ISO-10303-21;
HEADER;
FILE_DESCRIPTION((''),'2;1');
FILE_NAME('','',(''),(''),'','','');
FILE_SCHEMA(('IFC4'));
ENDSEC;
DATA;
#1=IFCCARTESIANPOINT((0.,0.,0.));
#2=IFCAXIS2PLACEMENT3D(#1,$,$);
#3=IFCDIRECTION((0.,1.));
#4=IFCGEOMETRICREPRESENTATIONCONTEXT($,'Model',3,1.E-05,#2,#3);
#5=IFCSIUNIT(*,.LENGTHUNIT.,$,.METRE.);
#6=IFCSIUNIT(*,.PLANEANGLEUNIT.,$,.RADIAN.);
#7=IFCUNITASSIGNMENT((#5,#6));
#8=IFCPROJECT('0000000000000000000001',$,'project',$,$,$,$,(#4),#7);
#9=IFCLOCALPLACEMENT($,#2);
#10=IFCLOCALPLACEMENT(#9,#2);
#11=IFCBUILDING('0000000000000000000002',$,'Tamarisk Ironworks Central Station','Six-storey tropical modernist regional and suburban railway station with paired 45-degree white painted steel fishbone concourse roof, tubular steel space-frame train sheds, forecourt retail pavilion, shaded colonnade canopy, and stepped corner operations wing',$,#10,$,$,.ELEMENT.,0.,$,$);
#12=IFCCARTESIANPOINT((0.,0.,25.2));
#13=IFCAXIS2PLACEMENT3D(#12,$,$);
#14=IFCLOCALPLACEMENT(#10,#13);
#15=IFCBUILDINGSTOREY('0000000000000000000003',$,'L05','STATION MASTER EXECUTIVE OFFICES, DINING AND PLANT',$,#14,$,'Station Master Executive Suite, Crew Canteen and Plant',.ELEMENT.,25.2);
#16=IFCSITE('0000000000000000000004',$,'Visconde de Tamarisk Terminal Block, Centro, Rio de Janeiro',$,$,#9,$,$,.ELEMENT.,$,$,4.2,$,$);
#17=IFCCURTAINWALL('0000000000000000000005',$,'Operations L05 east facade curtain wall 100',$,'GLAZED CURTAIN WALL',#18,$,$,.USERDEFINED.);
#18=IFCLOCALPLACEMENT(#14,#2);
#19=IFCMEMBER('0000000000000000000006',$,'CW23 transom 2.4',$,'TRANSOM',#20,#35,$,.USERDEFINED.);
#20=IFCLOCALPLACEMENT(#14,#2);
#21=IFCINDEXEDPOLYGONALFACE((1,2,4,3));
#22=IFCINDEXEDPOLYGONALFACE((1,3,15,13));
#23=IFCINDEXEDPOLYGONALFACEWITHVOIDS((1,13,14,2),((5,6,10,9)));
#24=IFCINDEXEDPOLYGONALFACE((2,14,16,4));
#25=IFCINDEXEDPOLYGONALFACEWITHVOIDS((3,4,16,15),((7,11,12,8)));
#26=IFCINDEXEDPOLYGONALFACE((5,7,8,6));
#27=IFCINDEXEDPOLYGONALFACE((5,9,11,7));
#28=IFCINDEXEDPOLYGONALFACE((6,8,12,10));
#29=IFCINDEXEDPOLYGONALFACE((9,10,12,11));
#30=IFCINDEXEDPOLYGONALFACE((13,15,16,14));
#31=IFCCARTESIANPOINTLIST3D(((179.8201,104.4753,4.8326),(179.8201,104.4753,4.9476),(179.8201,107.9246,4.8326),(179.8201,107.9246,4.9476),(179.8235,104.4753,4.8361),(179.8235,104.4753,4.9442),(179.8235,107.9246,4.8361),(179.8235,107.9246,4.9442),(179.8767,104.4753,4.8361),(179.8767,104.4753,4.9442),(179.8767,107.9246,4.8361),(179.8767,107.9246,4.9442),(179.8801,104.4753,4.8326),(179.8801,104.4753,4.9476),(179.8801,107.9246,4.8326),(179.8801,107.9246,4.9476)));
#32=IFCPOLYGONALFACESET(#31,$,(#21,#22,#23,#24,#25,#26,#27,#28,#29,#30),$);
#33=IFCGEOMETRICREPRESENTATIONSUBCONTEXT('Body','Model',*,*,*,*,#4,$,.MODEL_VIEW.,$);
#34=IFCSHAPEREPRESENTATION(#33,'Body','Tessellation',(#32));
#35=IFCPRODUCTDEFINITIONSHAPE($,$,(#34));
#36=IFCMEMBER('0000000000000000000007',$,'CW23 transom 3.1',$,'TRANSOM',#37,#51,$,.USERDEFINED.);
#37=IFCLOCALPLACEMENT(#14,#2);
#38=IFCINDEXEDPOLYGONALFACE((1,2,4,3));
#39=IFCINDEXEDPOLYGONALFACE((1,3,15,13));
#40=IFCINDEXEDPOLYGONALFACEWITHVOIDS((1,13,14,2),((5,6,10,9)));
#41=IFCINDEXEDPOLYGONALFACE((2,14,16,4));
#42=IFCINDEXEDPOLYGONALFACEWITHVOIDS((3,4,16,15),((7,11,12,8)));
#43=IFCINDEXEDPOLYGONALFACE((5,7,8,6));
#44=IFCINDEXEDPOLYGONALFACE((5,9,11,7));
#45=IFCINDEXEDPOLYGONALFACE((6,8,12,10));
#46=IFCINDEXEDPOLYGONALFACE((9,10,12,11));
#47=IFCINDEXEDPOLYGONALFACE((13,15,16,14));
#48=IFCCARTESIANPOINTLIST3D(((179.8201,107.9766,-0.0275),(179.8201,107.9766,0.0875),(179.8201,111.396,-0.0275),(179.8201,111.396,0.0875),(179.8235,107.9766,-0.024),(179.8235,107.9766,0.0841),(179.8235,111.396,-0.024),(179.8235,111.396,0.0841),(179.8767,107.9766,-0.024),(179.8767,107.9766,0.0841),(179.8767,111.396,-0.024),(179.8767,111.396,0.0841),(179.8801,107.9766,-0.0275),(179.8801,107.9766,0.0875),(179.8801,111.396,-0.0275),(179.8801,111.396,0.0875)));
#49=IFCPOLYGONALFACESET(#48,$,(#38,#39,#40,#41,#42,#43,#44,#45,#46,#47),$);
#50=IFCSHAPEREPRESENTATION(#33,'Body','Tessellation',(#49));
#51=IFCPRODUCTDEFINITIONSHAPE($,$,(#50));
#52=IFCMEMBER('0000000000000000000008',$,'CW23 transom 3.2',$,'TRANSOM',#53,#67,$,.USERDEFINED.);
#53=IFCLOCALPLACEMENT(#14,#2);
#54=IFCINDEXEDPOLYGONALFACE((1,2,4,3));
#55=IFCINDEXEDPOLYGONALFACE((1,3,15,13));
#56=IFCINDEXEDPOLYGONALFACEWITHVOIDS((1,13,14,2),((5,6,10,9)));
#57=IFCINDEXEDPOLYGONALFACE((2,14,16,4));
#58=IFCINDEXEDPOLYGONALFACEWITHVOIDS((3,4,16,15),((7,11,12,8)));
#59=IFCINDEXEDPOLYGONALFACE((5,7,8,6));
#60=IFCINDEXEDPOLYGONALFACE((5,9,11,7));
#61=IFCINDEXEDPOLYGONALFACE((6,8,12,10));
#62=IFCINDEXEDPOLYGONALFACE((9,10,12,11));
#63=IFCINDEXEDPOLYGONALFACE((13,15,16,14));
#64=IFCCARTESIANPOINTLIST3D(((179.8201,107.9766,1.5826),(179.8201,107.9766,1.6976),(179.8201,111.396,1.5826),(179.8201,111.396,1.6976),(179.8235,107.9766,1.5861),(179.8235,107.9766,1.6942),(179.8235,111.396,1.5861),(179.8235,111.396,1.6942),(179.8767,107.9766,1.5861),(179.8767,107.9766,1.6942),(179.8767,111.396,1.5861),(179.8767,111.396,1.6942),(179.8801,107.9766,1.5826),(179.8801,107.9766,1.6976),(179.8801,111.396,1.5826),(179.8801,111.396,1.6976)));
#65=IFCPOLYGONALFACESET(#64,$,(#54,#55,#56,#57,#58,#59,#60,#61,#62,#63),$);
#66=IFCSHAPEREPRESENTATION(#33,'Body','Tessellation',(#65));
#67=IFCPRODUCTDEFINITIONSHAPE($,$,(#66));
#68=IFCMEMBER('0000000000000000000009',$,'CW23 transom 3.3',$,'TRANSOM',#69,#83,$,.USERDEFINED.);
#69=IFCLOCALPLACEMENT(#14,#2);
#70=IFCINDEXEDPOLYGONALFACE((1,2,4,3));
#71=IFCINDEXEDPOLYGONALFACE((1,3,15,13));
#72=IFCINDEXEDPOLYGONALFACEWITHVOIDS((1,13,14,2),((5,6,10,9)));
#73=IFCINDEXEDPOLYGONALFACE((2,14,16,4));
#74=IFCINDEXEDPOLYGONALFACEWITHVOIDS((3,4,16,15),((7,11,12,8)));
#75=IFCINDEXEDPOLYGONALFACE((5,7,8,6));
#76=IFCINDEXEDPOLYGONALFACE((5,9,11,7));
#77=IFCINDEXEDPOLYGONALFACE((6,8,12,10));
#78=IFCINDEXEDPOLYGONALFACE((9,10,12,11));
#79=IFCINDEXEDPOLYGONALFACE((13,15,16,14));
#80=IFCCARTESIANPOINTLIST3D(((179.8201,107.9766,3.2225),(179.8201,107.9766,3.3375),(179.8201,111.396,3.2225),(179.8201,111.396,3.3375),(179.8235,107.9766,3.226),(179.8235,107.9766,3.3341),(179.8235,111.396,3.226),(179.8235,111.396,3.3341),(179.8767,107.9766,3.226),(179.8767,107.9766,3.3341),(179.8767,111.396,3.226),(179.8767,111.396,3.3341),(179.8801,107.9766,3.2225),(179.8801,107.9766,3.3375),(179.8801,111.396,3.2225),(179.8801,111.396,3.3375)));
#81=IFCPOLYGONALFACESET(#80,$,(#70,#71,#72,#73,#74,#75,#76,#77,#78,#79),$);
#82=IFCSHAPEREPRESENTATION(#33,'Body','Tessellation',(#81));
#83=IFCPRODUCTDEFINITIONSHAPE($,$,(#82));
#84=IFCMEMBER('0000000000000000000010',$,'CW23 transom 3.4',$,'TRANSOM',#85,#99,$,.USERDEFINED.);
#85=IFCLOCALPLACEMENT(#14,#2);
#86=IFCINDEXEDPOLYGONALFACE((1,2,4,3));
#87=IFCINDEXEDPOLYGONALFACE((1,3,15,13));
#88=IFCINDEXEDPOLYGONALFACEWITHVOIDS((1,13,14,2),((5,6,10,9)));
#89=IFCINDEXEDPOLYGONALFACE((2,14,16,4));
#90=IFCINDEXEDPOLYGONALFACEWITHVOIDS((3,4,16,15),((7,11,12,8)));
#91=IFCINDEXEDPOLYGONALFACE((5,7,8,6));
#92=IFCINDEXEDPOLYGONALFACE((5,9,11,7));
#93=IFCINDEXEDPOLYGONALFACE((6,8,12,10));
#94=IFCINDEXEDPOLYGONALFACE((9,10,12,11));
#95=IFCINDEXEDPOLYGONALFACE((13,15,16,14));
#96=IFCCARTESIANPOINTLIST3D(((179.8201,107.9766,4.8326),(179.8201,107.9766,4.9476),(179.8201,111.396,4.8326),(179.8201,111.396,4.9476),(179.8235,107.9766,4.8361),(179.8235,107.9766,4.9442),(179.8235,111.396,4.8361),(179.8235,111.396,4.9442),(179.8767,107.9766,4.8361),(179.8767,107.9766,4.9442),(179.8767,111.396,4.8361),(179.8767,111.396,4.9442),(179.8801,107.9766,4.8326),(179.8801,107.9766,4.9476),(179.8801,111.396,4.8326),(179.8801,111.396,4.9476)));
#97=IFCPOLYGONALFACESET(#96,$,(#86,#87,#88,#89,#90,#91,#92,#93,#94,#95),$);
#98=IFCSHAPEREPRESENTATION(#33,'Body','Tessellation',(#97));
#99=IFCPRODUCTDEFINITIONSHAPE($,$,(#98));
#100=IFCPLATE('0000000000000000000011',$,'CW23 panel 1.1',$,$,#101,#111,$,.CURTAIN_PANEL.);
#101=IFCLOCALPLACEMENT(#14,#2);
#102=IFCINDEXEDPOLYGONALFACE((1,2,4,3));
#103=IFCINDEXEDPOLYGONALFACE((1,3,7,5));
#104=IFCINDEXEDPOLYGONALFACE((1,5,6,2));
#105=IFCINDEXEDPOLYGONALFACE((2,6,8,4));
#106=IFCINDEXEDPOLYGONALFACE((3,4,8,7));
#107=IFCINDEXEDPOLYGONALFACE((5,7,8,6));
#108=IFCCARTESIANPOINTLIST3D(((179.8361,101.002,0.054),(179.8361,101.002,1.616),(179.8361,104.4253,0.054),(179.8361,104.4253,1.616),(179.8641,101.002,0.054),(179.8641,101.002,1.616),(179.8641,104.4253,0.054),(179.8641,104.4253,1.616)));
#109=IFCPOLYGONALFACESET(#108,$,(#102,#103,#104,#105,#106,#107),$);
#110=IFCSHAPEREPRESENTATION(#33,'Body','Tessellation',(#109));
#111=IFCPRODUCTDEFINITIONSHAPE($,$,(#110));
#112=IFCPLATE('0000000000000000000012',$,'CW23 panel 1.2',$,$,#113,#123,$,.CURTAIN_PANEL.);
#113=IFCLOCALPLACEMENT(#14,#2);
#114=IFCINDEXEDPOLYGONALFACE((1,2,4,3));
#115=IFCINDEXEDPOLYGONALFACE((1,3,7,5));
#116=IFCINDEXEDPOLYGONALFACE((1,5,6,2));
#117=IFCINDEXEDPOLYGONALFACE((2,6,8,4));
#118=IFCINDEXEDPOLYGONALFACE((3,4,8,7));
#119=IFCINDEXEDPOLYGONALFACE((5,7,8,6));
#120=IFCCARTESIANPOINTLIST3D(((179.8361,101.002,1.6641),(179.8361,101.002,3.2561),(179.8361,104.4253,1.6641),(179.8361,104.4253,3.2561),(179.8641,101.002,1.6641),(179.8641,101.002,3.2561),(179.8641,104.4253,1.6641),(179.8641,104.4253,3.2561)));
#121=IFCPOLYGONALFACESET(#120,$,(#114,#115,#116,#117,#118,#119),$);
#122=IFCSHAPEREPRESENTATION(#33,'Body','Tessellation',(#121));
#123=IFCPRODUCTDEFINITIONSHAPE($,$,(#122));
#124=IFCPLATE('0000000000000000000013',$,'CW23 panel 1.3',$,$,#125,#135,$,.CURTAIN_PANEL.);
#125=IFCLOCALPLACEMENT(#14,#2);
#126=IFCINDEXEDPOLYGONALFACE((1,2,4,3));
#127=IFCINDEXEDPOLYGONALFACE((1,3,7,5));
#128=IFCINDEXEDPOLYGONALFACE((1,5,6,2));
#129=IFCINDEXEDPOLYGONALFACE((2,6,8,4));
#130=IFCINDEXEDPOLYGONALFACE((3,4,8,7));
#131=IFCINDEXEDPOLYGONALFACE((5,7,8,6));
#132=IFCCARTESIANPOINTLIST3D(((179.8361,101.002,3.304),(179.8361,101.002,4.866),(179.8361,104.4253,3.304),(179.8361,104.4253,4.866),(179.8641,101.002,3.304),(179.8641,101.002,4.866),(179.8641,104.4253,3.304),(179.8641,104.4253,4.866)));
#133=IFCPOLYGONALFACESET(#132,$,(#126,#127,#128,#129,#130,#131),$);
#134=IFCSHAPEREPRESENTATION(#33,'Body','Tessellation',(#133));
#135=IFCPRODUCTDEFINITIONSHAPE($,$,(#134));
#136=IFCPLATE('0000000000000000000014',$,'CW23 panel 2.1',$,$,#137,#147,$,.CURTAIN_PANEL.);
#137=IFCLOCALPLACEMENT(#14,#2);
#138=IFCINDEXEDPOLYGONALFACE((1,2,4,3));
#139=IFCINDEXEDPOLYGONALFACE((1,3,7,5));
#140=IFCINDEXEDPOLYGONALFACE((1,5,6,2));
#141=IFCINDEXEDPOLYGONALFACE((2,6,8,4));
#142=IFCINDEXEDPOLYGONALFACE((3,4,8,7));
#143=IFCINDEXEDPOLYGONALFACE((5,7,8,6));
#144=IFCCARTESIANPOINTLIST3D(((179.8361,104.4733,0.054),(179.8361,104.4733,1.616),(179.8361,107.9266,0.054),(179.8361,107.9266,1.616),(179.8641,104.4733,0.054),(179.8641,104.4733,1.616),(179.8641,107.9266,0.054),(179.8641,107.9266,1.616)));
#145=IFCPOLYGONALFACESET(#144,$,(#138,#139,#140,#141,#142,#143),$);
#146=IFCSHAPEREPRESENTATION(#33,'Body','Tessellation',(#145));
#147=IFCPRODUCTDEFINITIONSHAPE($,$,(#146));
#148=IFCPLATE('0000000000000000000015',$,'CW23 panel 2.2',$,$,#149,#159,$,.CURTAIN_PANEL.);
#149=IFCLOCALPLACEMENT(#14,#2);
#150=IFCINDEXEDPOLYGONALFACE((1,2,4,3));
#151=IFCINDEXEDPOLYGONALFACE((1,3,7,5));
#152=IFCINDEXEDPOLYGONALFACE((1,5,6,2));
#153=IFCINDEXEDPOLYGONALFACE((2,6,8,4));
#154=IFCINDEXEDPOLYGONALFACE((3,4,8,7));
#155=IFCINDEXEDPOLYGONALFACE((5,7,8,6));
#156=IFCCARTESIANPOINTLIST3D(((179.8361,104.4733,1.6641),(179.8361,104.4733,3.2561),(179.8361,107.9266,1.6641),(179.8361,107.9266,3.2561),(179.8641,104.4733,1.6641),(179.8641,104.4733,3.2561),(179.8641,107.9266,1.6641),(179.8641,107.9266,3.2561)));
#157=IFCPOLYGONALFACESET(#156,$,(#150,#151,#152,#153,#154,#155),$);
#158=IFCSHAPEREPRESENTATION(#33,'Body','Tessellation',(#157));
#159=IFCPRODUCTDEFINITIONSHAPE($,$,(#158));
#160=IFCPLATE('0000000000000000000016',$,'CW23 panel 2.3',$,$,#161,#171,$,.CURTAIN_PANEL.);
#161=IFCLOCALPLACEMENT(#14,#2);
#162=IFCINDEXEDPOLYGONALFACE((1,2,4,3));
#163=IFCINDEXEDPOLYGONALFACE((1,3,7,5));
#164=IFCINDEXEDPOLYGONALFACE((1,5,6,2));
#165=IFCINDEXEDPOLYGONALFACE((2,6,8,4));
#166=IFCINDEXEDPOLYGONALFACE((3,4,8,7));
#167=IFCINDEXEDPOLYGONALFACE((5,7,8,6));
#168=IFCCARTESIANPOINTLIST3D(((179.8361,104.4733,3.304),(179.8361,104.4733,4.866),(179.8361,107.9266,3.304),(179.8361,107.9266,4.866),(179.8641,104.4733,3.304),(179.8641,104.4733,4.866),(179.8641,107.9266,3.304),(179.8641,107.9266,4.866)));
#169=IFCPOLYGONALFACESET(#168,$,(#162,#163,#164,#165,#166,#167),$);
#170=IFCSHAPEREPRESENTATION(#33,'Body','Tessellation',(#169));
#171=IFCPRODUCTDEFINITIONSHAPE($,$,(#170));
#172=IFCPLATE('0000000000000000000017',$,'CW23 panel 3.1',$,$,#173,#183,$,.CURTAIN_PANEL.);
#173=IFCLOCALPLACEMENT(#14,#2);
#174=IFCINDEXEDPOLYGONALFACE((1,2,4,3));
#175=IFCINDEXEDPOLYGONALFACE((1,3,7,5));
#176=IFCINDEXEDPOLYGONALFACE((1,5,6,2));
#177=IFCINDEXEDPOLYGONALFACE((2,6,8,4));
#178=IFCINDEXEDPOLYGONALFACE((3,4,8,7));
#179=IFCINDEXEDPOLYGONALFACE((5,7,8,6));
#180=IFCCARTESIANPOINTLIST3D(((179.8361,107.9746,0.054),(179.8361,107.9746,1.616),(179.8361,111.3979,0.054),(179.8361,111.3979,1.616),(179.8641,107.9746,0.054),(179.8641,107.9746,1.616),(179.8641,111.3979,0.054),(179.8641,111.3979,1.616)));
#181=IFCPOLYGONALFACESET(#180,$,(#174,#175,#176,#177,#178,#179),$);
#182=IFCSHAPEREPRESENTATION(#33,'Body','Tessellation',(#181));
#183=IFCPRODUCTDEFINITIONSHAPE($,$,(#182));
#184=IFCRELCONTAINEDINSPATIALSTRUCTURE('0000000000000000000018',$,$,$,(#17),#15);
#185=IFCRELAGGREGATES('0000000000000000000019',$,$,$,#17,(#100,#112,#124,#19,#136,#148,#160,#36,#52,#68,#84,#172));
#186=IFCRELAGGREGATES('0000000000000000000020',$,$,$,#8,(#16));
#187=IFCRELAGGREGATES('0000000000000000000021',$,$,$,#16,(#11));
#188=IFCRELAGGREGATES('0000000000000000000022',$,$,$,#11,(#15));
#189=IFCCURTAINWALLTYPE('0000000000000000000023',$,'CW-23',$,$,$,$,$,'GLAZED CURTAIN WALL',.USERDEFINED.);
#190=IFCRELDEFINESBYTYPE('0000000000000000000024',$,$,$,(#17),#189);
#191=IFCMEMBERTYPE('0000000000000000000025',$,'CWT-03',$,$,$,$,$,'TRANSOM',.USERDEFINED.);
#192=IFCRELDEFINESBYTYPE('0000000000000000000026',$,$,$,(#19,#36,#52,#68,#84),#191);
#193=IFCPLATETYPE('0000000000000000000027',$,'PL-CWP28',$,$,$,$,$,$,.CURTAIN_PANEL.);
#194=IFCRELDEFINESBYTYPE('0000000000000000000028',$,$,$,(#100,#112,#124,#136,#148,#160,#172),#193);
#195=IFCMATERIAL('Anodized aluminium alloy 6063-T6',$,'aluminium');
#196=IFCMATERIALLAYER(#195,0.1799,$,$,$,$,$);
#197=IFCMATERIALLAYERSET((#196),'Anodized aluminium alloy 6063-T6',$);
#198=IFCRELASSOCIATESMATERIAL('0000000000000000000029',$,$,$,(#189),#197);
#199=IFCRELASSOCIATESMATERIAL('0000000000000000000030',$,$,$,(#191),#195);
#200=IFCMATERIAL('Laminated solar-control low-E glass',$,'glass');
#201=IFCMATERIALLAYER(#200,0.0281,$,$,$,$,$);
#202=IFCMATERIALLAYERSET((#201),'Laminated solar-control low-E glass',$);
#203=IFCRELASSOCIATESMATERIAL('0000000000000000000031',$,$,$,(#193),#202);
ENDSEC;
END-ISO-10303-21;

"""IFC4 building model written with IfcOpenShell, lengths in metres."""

from ifc_helpers import new_model, si_unit, direction, frame, origin, origin_2d, place, context, subcontext, project, spatial, rectangle, hollow_rectangle, extrude, material, layer, layer_set, material_profile, profile_set, type_object, element, aggregate, save


model = new_model("IFC4")

# Units and contexts
model_context = context("Model", 3, precision=1e-05, world=origin(), true_north=direction((0.0, 1.0)))
body_context = subcontext(model_context, "Body", "Model", "MODEL_VIEW")
ifc_project = project(units=[si_unit("LENGTHUNIT", "METRE"), si_unit("PLANEANGLEUNIT", "RADIAN")], contexts=[model_context])

# Site, building, storey
site_placement = place(None, origin())
site = spatial("IfcSite", under=ifc_project, at=site_placement, Name="Visconde de Tamarisk Terminal Block, Centro, Rio de Janeiro", CompositionType="ELEMENT", RefElevation=4.2)
building_placement = place(site_placement, origin())
building = spatial("IfcBuilding", under=site, at=building_placement, Name="Tamarisk Ironworks Central Station", Description="Six-storey tropical modernist regional and suburban railway station with paired 45-degree white painted steel fishbone concourse roof, tubular steel space-frame train sheds, forecourt retail pavilion, shaded colonnade canopy, and stepped corner operations wing", CompositionType="ELEMENT", ElevationOfRefHeight=0.0)
storey_placement = place(building_placement, frame((0.0, 0.0, 25.2)))
storey = spatial("IfcBuildingStorey", under=building, at=storey_placement, Name="L05", Description="STATION MASTER EXECUTIVE OFFICES, DINING AND PLANT", LongName="Station Master Executive Suite, Crew Canteen and Plant", CompositionType="ELEMENT", Elevation=25.2)

# Curtain wall, members, plates
ifc_material_1 = material(Name="Anodized aluminium alloy 6063-T6", Category="aluminium")
ifc_layer_1 = layer(ifc_material_1, 0.1799)
ifc_layer_set_1 = layer_set([ifc_layer_1], Name="Anodized aluminium alloy 6063-T6")
curtain_wall_type = type_object("IfcCurtainWallType", Name="CW-23", ElementType="GLAZED CURTAIN WALL", PredefinedType="USERDEFINED", material=ifc_layer_set_1)
curtain_wall_placement = place(storey_placement, origin())
curtain_wall = element("IfcCurtainWall", 1, at=curtain_wall_placement, inside=storey, type_object=curtain_wall_type, Name="Operations L05 east facade curtain wall 100", ObjectType="GLAZED CURTAIN WALL", PredefinedType="USERDEFINED")
ifc_material_profile_1 = material_profile(ifc_material_1, hollow_rectangle(XDim=0.0601, YDim=0.115, WallThickness=0.0034, at=origin_2d()), Name="ALUM 115x60")
ifc_profile_set_1 = profile_set([ifc_material_profile_1], Name="Anodized aluminium alloy 6063-T6")
member_type_1 = type_object("IfcMemberType", Name="CWT-03", ElementType="TRANSOM", PredefinedType="USERDEFINED", material=ifc_profile_set_1)
member_1_placement = place(storey_placement, frame((179.8501, 104.4753, 4.8901), z_axis=(0.0, 1.0, 0.0), x_axis=(-1.0, 0.0, 0.0)))
member_1 = element("IfcMember", 2, at=member_1_placement, type_object=member_type_1, Name="CW23 transom 2.4", ObjectType="TRANSOM", PredefinedType="USERDEFINED", context=body_context, shape_type="SweptSolid", body=[
    extrude(hollow_rectangle(XDim=0.0601, YDim=0.115, WallThickness=0.0034, at=origin_2d()), origin(), (0.0, 0.0, 1.0), 3.4492),
])
member_2_placement = place(storey_placement, frame((179.8501, 107.9766, 0.03), z_axis=(0.0, 1.0, 0.0), x_axis=(-1.0, 0.0, 0.0)))
member_2 = element("IfcMember", 3, at=member_2_placement, type_object=member_type_1, Name="CW23 transom 3.1", ObjectType="TRANSOM", PredefinedType="USERDEFINED", context=body_context, shape_type="SweptSolid", body=[
    extrude(hollow_rectangle(XDim=0.0601, YDim=0.115, WallThickness=0.0034, at=origin_2d()), origin(), (0.0, 0.0, 1.0), 3.4194),
])
member_3_placement = place(storey_placement, frame((179.8501, 107.9766, 1.6401), z_axis=(0.0, 1.0, 0.0), x_axis=(-1.0, 0.0, 0.0)))
member_3 = element("IfcMember", 4, at=member_3_placement, type_object=member_type_1, Name="CW23 transom 3.2", ObjectType="TRANSOM", PredefinedType="USERDEFINED", context=body_context, shape_type="SweptSolid", body=[
    extrude(hollow_rectangle(XDim=0.0601, YDim=0.115, WallThickness=0.0034, at=origin_2d()), origin(), (0.0, 0.0, 1.0), 3.4194),
])
member_4_placement = place(storey_placement, frame((179.8501, 107.9766, 3.28), z_axis=(0.0, 1.0, 0.0), x_axis=(-1.0, 0.0, 0.0)))
member_4 = element("IfcMember", 5, at=member_4_placement, type_object=member_type_1, Name="CW23 transom 3.3", ObjectType="TRANSOM", PredefinedType="USERDEFINED", context=body_context, shape_type="SweptSolid", body=[
    extrude(hollow_rectangle(XDim=0.0601, YDim=0.115, WallThickness=0.0034, at=origin_2d()), origin(), (0.0, 0.0, 1.0), 3.4194),
])
member_5_placement = place(storey_placement, frame((179.8501, 107.9766, 4.8901), z_axis=(0.0, 1.0, 0.0), x_axis=(-1.0, 0.0, 0.0)))
member_5 = element("IfcMember", 6, at=member_5_placement, type_object=member_type_1, Name="CW23 transom 3.4", ObjectType="TRANSOM", PredefinedType="USERDEFINED", context=body_context, shape_type="SweptSolid", body=[
    extrude(hollow_rectangle(XDim=0.0601, YDim=0.115, WallThickness=0.0034, at=origin_2d()), origin(), (0.0, 0.0, 1.0), 3.4194),
])
ifc_material_2 = material(Name="Laminated solar-control low-E glass", Category="glass")
ifc_layer_2 = layer(ifc_material_2, 0.0281)
ifc_layer_set_2 = layer_set([ifc_layer_2], Name="Laminated solar-control low-E glass")
plate_type = type_object("IfcPlateType", Name="PL-CWP28", PredefinedType="CURTAIN_PANEL", material=ifc_layer_set_2)
plate_1_placement = place(storey_placement, frame((179.8501, 102.7136, 0.054), z_axis=(0.0, 0.0, 1.0), x_axis=(0.0, 1.0, 0.0)))
plate_1 = element("IfcPlate", 7, at=plate_1_placement, type_object=plate_type, Name="CW23 panel 1.1", PredefinedType="CURTAIN_PANEL", context=body_context, shape_type="SweptSolid", body=[
    extrude(rectangle(XDim=3.4233, YDim=0.0281, at=origin_2d()), origin(), (0.0, 0.0, 1.0), 1.562),
])
plate_2_placement = place(storey_placement, frame((179.8501, 102.7136, 1.6641), z_axis=(0.0, 0.0, 1.0), x_axis=(0.0, 1.0, 0.0)))
plate_2 = element("IfcPlate", 8, at=plate_2_placement, type_object=plate_type, Name="CW23 panel 1.2", PredefinedType="CURTAIN_PANEL", context=body_context, shape_type="SweptSolid", body=[
    extrude(rectangle(XDim=3.4233, YDim=0.0281, at=origin_2d()), origin(), (0.0, 0.0, 1.0), 1.592),
])
plate_3_placement = place(storey_placement, frame((179.8501, 102.7136, 3.304), z_axis=(0.0, 0.0, 1.0), x_axis=(0.0, 1.0, 0.0)))
plate_3 = element("IfcPlate", 9, at=plate_3_placement, type_object=plate_type, Name="CW23 panel 1.3", PredefinedType="CURTAIN_PANEL", context=body_context, shape_type="SweptSolid", body=[
    extrude(rectangle(XDim=3.4233, YDim=0.0281, at=origin_2d()), origin(), (0.0, 0.0, 1.0), 1.562),
])
plate_4_placement = place(storey_placement, frame((179.8501, 106.2, 0.054), z_axis=(0.0, 0.0, 1.0), x_axis=(0.0, 1.0, 0.0)))
plate_4 = element("IfcPlate", 10, at=plate_4_placement, type_object=plate_type, Name="CW23 panel 2.1", PredefinedType="CURTAIN_PANEL", context=body_context, shape_type="SweptSolid", body=[
    extrude(rectangle(XDim=3.4534, YDim=0.0281, at=origin_2d()), origin(), (0.0, 0.0, 1.0), 1.562),
])
plate_5_placement = place(storey_placement, frame((179.8501, 106.2, 1.6641), z_axis=(0.0, 0.0, 1.0), x_axis=(0.0, 1.0, 0.0)))
plate_5 = element("IfcPlate", 11, at=plate_5_placement, type_object=plate_type, Name="CW23 panel 2.2", PredefinedType="CURTAIN_PANEL", context=body_context, shape_type="SweptSolid", body=[
    extrude(rectangle(XDim=3.4534, YDim=0.0281, at=origin_2d()), origin(), (0.0, 0.0, 1.0), 1.592),
])
plate_6_placement = place(storey_placement, frame((179.8501, 106.2, 3.304), z_axis=(0.0, 0.0, 1.0), x_axis=(0.0, 1.0, 0.0)))
plate_6 = element("IfcPlate", 12, at=plate_6_placement, type_object=plate_type, Name="CW23 panel 2.3", PredefinedType="CURTAIN_PANEL", context=body_context, shape_type="SweptSolid", body=[
    extrude(rectangle(XDim=3.4534, YDim=0.0281, at=origin_2d()), origin(), (0.0, 0.0, 1.0), 1.562),
])
plate_7_placement = place(storey_placement, frame((179.8501, 109.6863, 0.054), z_axis=(0.0, 0.0, 1.0), x_axis=(0.0, 1.0, 0.0)))
plate_7 = element("IfcPlate", 13, at=plate_7_placement, type_object=plate_type, Name="CW23 panel 3.1", PredefinedType="CURTAIN_PANEL", context=body_context, shape_type="SweptSolid", body=[
    extrude(rectangle(XDim=3.4233, YDim=0.0281, at=origin_2d()), origin(), (0.0, 0.0, 1.0), 1.562),
])
aggregate(curtain_wall, [plate_1, plate_2, plate_3, member_1, plate_4, plate_5, plate_6, member_2, member_3, member_4, member_5, plate_7])

save(model, "model.ifc")
